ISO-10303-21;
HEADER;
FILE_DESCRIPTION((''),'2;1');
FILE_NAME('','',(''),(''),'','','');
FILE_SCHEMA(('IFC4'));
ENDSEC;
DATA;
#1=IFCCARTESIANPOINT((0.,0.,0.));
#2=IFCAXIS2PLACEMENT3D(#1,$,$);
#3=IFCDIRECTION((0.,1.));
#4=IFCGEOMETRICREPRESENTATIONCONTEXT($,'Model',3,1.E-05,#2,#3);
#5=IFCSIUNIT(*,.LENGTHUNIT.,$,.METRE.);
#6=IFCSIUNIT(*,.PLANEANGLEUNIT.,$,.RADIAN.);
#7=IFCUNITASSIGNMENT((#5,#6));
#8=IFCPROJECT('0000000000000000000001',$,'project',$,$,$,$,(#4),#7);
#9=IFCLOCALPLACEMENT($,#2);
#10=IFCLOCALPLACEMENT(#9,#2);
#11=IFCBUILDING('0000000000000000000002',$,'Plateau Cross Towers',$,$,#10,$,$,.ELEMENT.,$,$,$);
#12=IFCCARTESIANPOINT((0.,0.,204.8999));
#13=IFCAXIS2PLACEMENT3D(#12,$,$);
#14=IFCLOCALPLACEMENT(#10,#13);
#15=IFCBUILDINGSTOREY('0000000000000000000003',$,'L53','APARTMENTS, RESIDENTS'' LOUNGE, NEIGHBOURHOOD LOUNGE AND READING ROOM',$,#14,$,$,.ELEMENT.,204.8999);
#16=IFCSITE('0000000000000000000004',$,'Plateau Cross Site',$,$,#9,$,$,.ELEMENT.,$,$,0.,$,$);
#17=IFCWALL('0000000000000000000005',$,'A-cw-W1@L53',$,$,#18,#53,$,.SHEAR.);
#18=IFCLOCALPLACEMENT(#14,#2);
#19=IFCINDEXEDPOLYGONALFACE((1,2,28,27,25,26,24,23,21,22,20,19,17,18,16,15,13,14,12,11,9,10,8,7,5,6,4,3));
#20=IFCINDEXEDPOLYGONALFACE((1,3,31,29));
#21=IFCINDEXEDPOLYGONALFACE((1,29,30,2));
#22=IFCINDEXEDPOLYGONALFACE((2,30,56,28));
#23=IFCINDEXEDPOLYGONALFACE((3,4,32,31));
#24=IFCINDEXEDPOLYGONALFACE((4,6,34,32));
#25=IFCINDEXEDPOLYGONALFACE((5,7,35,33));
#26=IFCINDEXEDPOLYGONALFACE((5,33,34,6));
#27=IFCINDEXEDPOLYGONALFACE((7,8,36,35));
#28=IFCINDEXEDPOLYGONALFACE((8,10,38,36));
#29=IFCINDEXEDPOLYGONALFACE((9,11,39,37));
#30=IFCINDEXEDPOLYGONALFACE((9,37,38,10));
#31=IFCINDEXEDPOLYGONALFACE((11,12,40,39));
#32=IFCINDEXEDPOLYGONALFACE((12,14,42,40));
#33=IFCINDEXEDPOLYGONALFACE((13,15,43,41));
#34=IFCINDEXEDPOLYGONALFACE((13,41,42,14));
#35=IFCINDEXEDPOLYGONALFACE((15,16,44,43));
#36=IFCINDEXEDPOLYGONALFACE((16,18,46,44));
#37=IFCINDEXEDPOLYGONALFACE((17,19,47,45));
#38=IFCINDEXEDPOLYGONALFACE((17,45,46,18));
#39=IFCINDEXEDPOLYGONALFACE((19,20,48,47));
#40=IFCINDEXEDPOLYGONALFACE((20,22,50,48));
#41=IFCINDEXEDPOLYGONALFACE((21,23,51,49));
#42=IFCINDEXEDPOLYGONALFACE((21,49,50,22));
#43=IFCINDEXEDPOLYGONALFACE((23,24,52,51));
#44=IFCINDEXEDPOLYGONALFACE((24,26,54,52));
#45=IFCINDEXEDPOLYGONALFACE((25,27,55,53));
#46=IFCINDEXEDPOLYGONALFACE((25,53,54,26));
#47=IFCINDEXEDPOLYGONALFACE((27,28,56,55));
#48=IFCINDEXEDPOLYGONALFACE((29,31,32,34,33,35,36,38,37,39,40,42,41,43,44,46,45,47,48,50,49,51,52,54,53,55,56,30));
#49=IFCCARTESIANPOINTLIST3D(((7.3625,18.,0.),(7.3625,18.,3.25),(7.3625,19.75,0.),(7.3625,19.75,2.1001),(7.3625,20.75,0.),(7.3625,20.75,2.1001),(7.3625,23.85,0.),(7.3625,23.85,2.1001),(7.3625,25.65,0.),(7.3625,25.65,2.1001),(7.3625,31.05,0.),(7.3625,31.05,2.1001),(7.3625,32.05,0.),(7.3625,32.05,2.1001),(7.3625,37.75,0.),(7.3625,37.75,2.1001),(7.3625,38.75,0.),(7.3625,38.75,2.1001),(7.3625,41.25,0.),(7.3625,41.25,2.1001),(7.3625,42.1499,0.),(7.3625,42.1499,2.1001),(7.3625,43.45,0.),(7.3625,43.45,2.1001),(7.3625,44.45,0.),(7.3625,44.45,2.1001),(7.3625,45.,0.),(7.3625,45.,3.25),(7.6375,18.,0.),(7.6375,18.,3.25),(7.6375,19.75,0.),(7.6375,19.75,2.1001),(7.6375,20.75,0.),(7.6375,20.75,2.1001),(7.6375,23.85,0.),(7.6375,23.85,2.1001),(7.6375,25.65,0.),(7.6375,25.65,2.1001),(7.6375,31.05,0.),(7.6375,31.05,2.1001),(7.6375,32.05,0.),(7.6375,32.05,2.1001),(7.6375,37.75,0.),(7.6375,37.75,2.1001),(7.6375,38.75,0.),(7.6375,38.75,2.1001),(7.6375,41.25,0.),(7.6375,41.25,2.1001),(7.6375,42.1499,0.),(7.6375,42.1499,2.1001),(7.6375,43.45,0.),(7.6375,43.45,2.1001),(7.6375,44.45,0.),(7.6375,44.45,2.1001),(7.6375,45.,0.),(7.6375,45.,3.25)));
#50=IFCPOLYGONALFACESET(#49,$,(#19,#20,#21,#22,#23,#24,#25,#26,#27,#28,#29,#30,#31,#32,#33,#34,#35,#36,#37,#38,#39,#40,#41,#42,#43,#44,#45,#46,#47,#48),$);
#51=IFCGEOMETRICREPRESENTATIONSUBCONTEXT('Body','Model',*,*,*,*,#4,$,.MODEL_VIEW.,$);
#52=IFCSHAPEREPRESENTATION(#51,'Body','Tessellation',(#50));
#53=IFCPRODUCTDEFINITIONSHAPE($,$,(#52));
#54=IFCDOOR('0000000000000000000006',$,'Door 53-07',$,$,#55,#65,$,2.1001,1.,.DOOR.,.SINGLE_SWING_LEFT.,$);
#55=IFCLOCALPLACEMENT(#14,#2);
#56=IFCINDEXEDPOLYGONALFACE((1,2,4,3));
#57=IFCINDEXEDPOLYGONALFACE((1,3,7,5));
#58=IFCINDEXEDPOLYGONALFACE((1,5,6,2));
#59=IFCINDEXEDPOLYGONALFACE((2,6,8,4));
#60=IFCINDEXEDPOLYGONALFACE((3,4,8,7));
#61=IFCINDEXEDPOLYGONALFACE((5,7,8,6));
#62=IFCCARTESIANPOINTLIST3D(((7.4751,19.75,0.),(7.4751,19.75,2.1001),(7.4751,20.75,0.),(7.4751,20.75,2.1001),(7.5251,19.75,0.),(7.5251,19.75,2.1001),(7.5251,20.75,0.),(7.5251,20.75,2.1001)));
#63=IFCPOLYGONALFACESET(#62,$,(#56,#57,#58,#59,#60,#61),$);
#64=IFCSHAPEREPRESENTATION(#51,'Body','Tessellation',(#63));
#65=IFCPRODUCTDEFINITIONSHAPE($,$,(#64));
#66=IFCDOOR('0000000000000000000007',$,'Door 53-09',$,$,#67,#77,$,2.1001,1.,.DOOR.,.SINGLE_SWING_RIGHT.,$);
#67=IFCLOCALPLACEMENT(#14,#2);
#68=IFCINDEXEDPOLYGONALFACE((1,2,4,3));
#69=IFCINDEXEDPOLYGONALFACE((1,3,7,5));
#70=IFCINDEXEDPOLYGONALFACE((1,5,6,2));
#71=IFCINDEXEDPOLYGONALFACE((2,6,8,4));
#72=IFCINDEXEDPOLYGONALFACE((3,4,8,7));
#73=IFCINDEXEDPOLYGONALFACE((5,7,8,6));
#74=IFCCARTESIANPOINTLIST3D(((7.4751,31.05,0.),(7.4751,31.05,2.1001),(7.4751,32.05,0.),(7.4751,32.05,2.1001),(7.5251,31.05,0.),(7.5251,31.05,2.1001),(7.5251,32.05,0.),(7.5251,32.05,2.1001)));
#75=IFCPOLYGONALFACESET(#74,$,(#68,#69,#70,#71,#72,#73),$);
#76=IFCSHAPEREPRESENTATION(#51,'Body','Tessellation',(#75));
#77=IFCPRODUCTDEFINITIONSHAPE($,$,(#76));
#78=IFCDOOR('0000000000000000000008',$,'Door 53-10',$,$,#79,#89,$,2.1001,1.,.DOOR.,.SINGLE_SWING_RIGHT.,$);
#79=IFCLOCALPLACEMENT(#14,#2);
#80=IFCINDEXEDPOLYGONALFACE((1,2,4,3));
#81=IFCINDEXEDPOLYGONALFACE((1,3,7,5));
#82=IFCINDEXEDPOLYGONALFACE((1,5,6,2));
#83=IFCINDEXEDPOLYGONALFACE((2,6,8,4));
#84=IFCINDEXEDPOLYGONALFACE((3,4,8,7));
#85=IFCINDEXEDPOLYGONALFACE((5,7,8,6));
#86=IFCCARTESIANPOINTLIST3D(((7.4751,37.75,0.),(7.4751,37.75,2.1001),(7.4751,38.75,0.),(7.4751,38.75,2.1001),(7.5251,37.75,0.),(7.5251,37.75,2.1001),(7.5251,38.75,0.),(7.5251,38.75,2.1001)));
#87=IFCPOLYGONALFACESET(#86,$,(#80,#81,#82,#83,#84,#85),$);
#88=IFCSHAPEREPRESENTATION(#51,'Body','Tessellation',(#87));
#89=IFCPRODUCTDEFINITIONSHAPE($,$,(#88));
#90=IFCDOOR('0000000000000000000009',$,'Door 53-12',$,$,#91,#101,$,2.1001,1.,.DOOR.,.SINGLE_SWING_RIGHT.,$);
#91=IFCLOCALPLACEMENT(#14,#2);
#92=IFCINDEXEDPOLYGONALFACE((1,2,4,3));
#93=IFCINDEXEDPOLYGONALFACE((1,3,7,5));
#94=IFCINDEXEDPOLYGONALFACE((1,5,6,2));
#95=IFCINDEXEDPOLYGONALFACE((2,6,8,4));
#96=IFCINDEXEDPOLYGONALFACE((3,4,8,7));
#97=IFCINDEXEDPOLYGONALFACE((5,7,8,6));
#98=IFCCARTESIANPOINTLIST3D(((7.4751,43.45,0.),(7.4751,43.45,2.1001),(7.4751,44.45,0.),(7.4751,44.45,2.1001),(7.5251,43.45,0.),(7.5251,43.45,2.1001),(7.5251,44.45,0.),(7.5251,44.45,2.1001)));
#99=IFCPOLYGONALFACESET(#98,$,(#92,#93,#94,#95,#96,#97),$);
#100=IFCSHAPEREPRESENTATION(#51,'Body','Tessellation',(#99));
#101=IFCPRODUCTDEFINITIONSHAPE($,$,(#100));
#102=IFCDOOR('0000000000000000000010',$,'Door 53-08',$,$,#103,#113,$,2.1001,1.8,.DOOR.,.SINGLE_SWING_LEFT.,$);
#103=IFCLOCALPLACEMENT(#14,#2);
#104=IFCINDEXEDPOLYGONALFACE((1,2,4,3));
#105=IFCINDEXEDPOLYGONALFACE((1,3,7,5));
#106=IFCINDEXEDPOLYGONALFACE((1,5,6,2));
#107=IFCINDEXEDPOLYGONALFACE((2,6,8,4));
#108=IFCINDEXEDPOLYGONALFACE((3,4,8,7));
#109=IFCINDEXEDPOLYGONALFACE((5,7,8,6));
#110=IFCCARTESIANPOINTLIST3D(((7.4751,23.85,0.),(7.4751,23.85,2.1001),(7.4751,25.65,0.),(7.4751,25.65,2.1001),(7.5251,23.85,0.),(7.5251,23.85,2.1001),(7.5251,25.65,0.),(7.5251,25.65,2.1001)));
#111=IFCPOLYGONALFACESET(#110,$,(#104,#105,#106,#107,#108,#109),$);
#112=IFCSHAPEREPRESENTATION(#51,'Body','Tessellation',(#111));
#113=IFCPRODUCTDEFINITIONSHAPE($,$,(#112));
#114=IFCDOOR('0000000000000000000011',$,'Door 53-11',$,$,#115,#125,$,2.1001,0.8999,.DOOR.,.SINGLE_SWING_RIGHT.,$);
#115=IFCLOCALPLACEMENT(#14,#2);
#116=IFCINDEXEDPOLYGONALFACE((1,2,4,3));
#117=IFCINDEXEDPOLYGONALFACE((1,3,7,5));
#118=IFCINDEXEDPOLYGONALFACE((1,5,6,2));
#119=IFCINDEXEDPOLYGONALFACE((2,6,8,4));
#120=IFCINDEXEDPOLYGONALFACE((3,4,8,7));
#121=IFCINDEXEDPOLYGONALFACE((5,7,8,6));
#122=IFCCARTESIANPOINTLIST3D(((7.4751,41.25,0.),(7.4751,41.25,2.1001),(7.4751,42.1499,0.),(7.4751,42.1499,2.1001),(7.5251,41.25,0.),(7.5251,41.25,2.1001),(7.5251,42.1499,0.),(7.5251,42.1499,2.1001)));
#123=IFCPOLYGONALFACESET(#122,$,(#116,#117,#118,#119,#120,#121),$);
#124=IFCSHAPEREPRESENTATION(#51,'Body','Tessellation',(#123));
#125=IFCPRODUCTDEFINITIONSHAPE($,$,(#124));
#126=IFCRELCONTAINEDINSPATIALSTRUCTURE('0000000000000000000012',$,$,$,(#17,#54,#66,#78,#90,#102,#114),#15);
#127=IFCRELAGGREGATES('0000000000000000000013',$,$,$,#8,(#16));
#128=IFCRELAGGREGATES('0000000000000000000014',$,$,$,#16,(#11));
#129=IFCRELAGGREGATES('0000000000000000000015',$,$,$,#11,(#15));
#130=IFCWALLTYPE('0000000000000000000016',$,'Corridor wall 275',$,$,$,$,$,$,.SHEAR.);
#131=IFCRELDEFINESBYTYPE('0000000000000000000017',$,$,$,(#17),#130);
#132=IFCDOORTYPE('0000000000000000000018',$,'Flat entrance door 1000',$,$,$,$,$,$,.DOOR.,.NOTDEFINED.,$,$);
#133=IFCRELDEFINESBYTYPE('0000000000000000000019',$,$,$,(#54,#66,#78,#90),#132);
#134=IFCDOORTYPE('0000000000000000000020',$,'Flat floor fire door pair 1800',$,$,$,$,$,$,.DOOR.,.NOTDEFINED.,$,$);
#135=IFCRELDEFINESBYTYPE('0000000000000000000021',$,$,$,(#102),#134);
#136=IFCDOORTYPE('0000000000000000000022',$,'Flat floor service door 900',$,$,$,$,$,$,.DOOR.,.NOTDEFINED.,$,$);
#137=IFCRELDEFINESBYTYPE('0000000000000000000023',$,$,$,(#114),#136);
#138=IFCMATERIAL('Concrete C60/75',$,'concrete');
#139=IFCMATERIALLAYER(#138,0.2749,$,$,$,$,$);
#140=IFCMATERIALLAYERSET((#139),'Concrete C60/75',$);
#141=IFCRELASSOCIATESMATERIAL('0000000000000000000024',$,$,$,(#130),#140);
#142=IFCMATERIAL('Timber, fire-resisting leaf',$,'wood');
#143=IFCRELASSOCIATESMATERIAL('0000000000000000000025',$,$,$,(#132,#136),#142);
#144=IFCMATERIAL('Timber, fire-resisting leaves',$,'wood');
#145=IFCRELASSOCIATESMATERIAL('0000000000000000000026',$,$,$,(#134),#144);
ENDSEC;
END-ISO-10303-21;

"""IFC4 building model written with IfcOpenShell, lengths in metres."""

from ifc_helpers import new_model, si_unit, direction, frame, frame_2d, origin, place, context, subcontext, project, spatial, rectangle, extrude, material, layer, layer_set, type_object, element, fill, save


model = new_model("IFC4")

# Units and contexts
model_context = context("Model", 3, precision=1e-05, world=origin(), true_north=direction((0.0, 1.0)))
body_context = subcontext(model_context, "Body", "Model", "MODEL_VIEW")
ifc_project = project(units=[si_unit("LENGTHUNIT", "METRE"), si_unit("PLANEANGLEUNIT", "RADIAN")], contexts=[model_context])

# Site, building, storey
site_placement = place(None, origin())
site = spatial("IfcSite", under=ifc_project, at=site_placement, Name="Plateau Cross Site", CompositionType="ELEMENT", RefElevation=0.0)
building_placement = place(site_placement, origin())
building = spatial("IfcBuilding", under=site, at=building_placement, Name="Plateau Cross Towers", CompositionType="ELEMENT")
storey_placement = place(building_placement, frame((0.0, 0.0, 204.8999)))
storey = spatial("IfcBuildingStorey", under=building, at=storey_placement, Name="L53", Description="APARTMENTS, RESIDENTS' LOUNGE, NEIGHBOURHOOD LOUNGE AND READING ROOM", CompositionType="ELEMENT", Elevation=204.8999)

# Shared definitions
ifc_material_1 = material(Name="Concrete C60/75", Category="concrete")

# Wall, openings, doors
ifc_layer_1 = layer(ifc_material_1, 0.2749)
ifc_layer_set_1 = layer_set([ifc_layer_1], Name="Concrete C60/75")
wall_type_1 = type_object("IfcWallType", Name="Corridor wall 275", PredefinedType="SHEAR", material=ifc_layer_set_1)
wall_1_placement = place(storey_placement, frame((7.5, 18.0, 0.0), z_axis=(0.0, 0.0, 1.0), x_axis=(0.0, 1.0, 0.0)))
wall_1 = element("IfcWall", 1, at=wall_1_placement, inside=storey, type_object=wall_type_1, Name="A-cw-W1@L53", PredefinedType="SHEAR", context=body_context, shape_type="SweptSolid", body=[
    extrude(rectangle(XDim=27.0, YDim=0.2749, at=frame_2d((13.5, 0.0))), origin(), (0.0, 0.0, 1.0), 3.25),
])
opening_1_placement = place(wall_1_placement, frame((1.75, 0.0, 0.0)))
opening_1 = element("IfcOpeningElement", 2, at=opening_1_placement, cuts=wall_1, PredefinedType="OPENING", context=body_context, shape_type="SweptSolid", body=[
    extrude(rectangle(XDim=1.0, YDim=2.1001, at=frame_2d((0.5, 1.05))), frame((0.0, 0.1475, 0.0), z_axis=(0.0, -1.0, 0.0), x_axis=(1.0, 0.0, 0.0)), (0.0, 0.0, 1.0), 0.2949),
])
opening_2_placement = place(wall_1_placement, frame((5.8501, 0.0, 0.0)))
opening_2 = element("IfcOpeningElement", 3, at=opening_2_placement, cuts=wall_1, PredefinedType="OPENING", context=body_context, shape_type="SweptSolid", body=[
    extrude(rectangle(XDim=1.8, YDim=2.1001, at=frame_2d((0.8999, 1.05))), frame((0.0, 0.1475, 0.0), z_axis=(0.0, -1.0, 0.0), x_axis=(1.0, 0.0, 0.0)), (0.0, 0.0, 1.0), 0.2949),
])
opening_3_placement = place(wall_1_placement, frame((13.05, 0.0, 0.0)))
opening_3 = element("IfcOpeningElement", 4, at=opening_3_placement, cuts=wall_1, PredefinedType="OPENING", context=body_context, shape_type="SweptSolid", body=[
    extrude(rectangle(XDim=1.0, YDim=2.1001, at=frame_2d((0.5, 1.05))), frame((0.0, 0.1475, 0.0), z_axis=(0.0, -1.0, 0.0), x_axis=(1.0, 0.0, 0.0)), (0.0, 0.0, 1.0), 0.2949),
])
opening_4_placement = place(wall_1_placement, frame((19.75, 0.0, 0.0)))
opening_4 = element("IfcOpeningElement", 5, at=opening_4_placement, cuts=wall_1, PredefinedType="OPENING", context=body_context, shape_type="SweptSolid", body=[
    extrude(rectangle(XDim=1.0, YDim=2.1001, at=frame_2d((0.5, 1.05))), frame((0.0, 0.1475, 0.0), z_axis=(0.0, -1.0, 0.0), x_axis=(1.0, 0.0, 0.0)), (0.0, 0.0, 1.0), 0.2949),
])
opening_5_placement = place(wall_1_placement, frame((23.25, 0.0, 0.0)))
opening_5 = element("IfcOpeningElement", 6, at=opening_5_placement, cuts=wall_1, PredefinedType="OPENING", context=body_context, shape_type="SweptSolid", body=[
    extrude(rectangle(XDim=0.8999, YDim=2.1001, at=frame_2d((0.45, 1.05))), frame((0.0, 0.1475, 0.0), z_axis=(0.0, -1.0, 0.0), x_axis=(1.0, 0.0, 0.0)), (0.0, 0.0, 1.0), 0.2949),
])
opening_6_placement = place(wall_1_placement, frame((25.45, 0.0, 0.0)))
opening_6 = element("IfcOpeningElement", 7, at=opening_6_placement, cuts=wall_1, PredefinedType="OPENING", context=body_context, shape_type="SweptSolid", body=[
    extrude(rectangle(XDim=1.0, YDim=2.1001, at=frame_2d((0.5, 1.05))), frame((0.0, 0.1475, 0.0), z_axis=(0.0, -1.0, 0.0), x_axis=(1.0, 0.0, 0.0)), (0.0, 0.0, 1.0), 0.2949),
])
ifc_material_2 = material(Name="Timber, fire-resisting leaf", Category="wood")
door_type_1 = type_object("IfcDoorType", Name="Flat entrance door 1000", OperationType="NOTDEFINED", PredefinedType="DOOR", material=ifc_material_2)
door_1_placement = place(opening_1_placement, origin())
door_1 = element("IfcDoor", 8, at=door_1_placement, inside=storey, type_object=door_type_1, Name="Door 53-07", OperationType="SINGLE_SWING_LEFT", OverallHeight=2.1001, OverallWidth=1.0, PredefinedType="DOOR", context=body_context, shape_type="SweptSolid", body=[
    extrude(rectangle(XDim=1.0, YDim=2.1001, at=frame_2d((0.5, 1.05))), frame((0.0, 0.0249, 0.0), z_axis=(0.0, -1.0, 0.0), x_axis=(1.0, 0.0, 0.0)), (0.0, 0.0, 1.0), 0.05),
])
fill(opening_1, door_1)
door_2_placement = place(opening_3_placement, origin())
door_2 = element("IfcDoor", 9, at=door_2_placement, inside=storey, type_object=door_type_1, Name="Door 53-09", OperationType="SINGLE_SWING_RIGHT", OverallHeight=2.1001, OverallWidth=1.0, PredefinedType="DOOR", context=body_context, shape_type="SweptSolid", body=[
    extrude(rectangle(XDim=1.0, YDim=2.1001, at=frame_2d((0.5, 1.05))), frame((0.0, 0.0249, 0.0), z_axis=(0.0, -1.0, 0.0), x_axis=(1.0, 0.0, 0.0)), (0.0, 0.0, 1.0), 0.05),
])
fill(opening_3, door_2)
door_3_placement = place(opening_4_placement, origin())
door_3 = element("IfcDoor", 10, at=door_3_placement, inside=storey, type_object=door_type_1, Name="Door 53-10", OperationType="SINGLE_SWING_RIGHT", OverallHeight=2.1001, OverallWidth=1.0, PredefinedType="DOOR", context=body_context, shape_type="SweptSolid", body=[
    extrude(rectangle(XDim=1.0, YDim=2.1001, at=frame_2d((0.5, 1.05))), frame((0.0, 0.0249, 0.0), z_axis=(0.0, -1.0, 0.0), x_axis=(1.0, 0.0, 0.0)), (0.0, 0.0, 1.0), 0.05),
])
fill(opening_4, door_3)
door_4_placement = place(opening_6_placement, origin())
door_4 = element("IfcDoor", 11, at=door_4_placement, inside=storey, type_object=door_type_1, Name="Door 53-12", OperationType="SINGLE_SWING_RIGHT", OverallHeight=2.1001, OverallWidth=1.0, PredefinedType="DOOR", context=body_context, shape_type="SweptSolid", body=[
    extrude(rectangle(XDim=1.0, YDim=2.1001, at=frame_2d((0.5, 1.05))), frame((0.0, 0.0249, 0.0), z_axis=(0.0, -1.0, 0.0), x_axis=(1.0, 0.0, 0.0)), (0.0, 0.0, 1.0), 0.05),
])
fill(opening_6, door_4)
ifc_material_3 = material(Name="Timber, fire-resisting leaves", Category="wood")
door_type_2 = type_object("IfcDoorType", Name="Flat floor fire door pair 1800", OperationType="NOTDEFINED", PredefinedType="DOOR", material=ifc_material_3)
door_5_placement = place(opening_2_placement, origin())
door_5 = element("IfcDoor", 12, at=door_5_placement, inside=storey, type_object=door_type_2, Name="Door 53-08", OperationType="SINGLE_SWING_LEFT", OverallHeight=2.1001, OverallWidth=1.8, PredefinedType="DOOR", context=body_context, shape_type="SweptSolid", body=[
    extrude(rectangle(XDim=1.8, YDim=2.1001, at=frame_2d((0.8999, 1.05))), frame((0.0, 0.0249, 0.0), z_axis=(0.0, -1.0, 0.0), x_axis=(1.0, 0.0, 0.0)), (0.0, 0.0, 1.0), 0.05),
])
fill(opening_2, door_5)
door_type_3 = type_object("IfcDoorType", Name="Flat floor service door 900", OperationType="NOTDEFINED", PredefinedType="DOOR", material=ifc_material_2)
door_6_placement = place(opening_5_placement, origin())
door_6 = element("IfcDoor", 13, at=door_6_placement, inside=storey, type_object=door_type_3, Name="Door 53-11", OperationType="SINGLE_SWING_RIGHT", OverallHeight=2.1001, OverallWidth=0.8999, PredefinedType="DOOR", context=body_context, shape_type="SweptSolid", body=[
    extrude(rectangle(XDim=0.8999, YDim=2.1001, at=frame_2d((0.45, 1.05))), frame((0.0, 0.0249, 0.0), z_axis=(0.0, -1.0, 0.0), x_axis=(1.0, 0.0, 0.0)), (0.0, 0.0, 1.0), 0.05),
])
fill(opening_5, door_6)

save(model, "model.ifc")
